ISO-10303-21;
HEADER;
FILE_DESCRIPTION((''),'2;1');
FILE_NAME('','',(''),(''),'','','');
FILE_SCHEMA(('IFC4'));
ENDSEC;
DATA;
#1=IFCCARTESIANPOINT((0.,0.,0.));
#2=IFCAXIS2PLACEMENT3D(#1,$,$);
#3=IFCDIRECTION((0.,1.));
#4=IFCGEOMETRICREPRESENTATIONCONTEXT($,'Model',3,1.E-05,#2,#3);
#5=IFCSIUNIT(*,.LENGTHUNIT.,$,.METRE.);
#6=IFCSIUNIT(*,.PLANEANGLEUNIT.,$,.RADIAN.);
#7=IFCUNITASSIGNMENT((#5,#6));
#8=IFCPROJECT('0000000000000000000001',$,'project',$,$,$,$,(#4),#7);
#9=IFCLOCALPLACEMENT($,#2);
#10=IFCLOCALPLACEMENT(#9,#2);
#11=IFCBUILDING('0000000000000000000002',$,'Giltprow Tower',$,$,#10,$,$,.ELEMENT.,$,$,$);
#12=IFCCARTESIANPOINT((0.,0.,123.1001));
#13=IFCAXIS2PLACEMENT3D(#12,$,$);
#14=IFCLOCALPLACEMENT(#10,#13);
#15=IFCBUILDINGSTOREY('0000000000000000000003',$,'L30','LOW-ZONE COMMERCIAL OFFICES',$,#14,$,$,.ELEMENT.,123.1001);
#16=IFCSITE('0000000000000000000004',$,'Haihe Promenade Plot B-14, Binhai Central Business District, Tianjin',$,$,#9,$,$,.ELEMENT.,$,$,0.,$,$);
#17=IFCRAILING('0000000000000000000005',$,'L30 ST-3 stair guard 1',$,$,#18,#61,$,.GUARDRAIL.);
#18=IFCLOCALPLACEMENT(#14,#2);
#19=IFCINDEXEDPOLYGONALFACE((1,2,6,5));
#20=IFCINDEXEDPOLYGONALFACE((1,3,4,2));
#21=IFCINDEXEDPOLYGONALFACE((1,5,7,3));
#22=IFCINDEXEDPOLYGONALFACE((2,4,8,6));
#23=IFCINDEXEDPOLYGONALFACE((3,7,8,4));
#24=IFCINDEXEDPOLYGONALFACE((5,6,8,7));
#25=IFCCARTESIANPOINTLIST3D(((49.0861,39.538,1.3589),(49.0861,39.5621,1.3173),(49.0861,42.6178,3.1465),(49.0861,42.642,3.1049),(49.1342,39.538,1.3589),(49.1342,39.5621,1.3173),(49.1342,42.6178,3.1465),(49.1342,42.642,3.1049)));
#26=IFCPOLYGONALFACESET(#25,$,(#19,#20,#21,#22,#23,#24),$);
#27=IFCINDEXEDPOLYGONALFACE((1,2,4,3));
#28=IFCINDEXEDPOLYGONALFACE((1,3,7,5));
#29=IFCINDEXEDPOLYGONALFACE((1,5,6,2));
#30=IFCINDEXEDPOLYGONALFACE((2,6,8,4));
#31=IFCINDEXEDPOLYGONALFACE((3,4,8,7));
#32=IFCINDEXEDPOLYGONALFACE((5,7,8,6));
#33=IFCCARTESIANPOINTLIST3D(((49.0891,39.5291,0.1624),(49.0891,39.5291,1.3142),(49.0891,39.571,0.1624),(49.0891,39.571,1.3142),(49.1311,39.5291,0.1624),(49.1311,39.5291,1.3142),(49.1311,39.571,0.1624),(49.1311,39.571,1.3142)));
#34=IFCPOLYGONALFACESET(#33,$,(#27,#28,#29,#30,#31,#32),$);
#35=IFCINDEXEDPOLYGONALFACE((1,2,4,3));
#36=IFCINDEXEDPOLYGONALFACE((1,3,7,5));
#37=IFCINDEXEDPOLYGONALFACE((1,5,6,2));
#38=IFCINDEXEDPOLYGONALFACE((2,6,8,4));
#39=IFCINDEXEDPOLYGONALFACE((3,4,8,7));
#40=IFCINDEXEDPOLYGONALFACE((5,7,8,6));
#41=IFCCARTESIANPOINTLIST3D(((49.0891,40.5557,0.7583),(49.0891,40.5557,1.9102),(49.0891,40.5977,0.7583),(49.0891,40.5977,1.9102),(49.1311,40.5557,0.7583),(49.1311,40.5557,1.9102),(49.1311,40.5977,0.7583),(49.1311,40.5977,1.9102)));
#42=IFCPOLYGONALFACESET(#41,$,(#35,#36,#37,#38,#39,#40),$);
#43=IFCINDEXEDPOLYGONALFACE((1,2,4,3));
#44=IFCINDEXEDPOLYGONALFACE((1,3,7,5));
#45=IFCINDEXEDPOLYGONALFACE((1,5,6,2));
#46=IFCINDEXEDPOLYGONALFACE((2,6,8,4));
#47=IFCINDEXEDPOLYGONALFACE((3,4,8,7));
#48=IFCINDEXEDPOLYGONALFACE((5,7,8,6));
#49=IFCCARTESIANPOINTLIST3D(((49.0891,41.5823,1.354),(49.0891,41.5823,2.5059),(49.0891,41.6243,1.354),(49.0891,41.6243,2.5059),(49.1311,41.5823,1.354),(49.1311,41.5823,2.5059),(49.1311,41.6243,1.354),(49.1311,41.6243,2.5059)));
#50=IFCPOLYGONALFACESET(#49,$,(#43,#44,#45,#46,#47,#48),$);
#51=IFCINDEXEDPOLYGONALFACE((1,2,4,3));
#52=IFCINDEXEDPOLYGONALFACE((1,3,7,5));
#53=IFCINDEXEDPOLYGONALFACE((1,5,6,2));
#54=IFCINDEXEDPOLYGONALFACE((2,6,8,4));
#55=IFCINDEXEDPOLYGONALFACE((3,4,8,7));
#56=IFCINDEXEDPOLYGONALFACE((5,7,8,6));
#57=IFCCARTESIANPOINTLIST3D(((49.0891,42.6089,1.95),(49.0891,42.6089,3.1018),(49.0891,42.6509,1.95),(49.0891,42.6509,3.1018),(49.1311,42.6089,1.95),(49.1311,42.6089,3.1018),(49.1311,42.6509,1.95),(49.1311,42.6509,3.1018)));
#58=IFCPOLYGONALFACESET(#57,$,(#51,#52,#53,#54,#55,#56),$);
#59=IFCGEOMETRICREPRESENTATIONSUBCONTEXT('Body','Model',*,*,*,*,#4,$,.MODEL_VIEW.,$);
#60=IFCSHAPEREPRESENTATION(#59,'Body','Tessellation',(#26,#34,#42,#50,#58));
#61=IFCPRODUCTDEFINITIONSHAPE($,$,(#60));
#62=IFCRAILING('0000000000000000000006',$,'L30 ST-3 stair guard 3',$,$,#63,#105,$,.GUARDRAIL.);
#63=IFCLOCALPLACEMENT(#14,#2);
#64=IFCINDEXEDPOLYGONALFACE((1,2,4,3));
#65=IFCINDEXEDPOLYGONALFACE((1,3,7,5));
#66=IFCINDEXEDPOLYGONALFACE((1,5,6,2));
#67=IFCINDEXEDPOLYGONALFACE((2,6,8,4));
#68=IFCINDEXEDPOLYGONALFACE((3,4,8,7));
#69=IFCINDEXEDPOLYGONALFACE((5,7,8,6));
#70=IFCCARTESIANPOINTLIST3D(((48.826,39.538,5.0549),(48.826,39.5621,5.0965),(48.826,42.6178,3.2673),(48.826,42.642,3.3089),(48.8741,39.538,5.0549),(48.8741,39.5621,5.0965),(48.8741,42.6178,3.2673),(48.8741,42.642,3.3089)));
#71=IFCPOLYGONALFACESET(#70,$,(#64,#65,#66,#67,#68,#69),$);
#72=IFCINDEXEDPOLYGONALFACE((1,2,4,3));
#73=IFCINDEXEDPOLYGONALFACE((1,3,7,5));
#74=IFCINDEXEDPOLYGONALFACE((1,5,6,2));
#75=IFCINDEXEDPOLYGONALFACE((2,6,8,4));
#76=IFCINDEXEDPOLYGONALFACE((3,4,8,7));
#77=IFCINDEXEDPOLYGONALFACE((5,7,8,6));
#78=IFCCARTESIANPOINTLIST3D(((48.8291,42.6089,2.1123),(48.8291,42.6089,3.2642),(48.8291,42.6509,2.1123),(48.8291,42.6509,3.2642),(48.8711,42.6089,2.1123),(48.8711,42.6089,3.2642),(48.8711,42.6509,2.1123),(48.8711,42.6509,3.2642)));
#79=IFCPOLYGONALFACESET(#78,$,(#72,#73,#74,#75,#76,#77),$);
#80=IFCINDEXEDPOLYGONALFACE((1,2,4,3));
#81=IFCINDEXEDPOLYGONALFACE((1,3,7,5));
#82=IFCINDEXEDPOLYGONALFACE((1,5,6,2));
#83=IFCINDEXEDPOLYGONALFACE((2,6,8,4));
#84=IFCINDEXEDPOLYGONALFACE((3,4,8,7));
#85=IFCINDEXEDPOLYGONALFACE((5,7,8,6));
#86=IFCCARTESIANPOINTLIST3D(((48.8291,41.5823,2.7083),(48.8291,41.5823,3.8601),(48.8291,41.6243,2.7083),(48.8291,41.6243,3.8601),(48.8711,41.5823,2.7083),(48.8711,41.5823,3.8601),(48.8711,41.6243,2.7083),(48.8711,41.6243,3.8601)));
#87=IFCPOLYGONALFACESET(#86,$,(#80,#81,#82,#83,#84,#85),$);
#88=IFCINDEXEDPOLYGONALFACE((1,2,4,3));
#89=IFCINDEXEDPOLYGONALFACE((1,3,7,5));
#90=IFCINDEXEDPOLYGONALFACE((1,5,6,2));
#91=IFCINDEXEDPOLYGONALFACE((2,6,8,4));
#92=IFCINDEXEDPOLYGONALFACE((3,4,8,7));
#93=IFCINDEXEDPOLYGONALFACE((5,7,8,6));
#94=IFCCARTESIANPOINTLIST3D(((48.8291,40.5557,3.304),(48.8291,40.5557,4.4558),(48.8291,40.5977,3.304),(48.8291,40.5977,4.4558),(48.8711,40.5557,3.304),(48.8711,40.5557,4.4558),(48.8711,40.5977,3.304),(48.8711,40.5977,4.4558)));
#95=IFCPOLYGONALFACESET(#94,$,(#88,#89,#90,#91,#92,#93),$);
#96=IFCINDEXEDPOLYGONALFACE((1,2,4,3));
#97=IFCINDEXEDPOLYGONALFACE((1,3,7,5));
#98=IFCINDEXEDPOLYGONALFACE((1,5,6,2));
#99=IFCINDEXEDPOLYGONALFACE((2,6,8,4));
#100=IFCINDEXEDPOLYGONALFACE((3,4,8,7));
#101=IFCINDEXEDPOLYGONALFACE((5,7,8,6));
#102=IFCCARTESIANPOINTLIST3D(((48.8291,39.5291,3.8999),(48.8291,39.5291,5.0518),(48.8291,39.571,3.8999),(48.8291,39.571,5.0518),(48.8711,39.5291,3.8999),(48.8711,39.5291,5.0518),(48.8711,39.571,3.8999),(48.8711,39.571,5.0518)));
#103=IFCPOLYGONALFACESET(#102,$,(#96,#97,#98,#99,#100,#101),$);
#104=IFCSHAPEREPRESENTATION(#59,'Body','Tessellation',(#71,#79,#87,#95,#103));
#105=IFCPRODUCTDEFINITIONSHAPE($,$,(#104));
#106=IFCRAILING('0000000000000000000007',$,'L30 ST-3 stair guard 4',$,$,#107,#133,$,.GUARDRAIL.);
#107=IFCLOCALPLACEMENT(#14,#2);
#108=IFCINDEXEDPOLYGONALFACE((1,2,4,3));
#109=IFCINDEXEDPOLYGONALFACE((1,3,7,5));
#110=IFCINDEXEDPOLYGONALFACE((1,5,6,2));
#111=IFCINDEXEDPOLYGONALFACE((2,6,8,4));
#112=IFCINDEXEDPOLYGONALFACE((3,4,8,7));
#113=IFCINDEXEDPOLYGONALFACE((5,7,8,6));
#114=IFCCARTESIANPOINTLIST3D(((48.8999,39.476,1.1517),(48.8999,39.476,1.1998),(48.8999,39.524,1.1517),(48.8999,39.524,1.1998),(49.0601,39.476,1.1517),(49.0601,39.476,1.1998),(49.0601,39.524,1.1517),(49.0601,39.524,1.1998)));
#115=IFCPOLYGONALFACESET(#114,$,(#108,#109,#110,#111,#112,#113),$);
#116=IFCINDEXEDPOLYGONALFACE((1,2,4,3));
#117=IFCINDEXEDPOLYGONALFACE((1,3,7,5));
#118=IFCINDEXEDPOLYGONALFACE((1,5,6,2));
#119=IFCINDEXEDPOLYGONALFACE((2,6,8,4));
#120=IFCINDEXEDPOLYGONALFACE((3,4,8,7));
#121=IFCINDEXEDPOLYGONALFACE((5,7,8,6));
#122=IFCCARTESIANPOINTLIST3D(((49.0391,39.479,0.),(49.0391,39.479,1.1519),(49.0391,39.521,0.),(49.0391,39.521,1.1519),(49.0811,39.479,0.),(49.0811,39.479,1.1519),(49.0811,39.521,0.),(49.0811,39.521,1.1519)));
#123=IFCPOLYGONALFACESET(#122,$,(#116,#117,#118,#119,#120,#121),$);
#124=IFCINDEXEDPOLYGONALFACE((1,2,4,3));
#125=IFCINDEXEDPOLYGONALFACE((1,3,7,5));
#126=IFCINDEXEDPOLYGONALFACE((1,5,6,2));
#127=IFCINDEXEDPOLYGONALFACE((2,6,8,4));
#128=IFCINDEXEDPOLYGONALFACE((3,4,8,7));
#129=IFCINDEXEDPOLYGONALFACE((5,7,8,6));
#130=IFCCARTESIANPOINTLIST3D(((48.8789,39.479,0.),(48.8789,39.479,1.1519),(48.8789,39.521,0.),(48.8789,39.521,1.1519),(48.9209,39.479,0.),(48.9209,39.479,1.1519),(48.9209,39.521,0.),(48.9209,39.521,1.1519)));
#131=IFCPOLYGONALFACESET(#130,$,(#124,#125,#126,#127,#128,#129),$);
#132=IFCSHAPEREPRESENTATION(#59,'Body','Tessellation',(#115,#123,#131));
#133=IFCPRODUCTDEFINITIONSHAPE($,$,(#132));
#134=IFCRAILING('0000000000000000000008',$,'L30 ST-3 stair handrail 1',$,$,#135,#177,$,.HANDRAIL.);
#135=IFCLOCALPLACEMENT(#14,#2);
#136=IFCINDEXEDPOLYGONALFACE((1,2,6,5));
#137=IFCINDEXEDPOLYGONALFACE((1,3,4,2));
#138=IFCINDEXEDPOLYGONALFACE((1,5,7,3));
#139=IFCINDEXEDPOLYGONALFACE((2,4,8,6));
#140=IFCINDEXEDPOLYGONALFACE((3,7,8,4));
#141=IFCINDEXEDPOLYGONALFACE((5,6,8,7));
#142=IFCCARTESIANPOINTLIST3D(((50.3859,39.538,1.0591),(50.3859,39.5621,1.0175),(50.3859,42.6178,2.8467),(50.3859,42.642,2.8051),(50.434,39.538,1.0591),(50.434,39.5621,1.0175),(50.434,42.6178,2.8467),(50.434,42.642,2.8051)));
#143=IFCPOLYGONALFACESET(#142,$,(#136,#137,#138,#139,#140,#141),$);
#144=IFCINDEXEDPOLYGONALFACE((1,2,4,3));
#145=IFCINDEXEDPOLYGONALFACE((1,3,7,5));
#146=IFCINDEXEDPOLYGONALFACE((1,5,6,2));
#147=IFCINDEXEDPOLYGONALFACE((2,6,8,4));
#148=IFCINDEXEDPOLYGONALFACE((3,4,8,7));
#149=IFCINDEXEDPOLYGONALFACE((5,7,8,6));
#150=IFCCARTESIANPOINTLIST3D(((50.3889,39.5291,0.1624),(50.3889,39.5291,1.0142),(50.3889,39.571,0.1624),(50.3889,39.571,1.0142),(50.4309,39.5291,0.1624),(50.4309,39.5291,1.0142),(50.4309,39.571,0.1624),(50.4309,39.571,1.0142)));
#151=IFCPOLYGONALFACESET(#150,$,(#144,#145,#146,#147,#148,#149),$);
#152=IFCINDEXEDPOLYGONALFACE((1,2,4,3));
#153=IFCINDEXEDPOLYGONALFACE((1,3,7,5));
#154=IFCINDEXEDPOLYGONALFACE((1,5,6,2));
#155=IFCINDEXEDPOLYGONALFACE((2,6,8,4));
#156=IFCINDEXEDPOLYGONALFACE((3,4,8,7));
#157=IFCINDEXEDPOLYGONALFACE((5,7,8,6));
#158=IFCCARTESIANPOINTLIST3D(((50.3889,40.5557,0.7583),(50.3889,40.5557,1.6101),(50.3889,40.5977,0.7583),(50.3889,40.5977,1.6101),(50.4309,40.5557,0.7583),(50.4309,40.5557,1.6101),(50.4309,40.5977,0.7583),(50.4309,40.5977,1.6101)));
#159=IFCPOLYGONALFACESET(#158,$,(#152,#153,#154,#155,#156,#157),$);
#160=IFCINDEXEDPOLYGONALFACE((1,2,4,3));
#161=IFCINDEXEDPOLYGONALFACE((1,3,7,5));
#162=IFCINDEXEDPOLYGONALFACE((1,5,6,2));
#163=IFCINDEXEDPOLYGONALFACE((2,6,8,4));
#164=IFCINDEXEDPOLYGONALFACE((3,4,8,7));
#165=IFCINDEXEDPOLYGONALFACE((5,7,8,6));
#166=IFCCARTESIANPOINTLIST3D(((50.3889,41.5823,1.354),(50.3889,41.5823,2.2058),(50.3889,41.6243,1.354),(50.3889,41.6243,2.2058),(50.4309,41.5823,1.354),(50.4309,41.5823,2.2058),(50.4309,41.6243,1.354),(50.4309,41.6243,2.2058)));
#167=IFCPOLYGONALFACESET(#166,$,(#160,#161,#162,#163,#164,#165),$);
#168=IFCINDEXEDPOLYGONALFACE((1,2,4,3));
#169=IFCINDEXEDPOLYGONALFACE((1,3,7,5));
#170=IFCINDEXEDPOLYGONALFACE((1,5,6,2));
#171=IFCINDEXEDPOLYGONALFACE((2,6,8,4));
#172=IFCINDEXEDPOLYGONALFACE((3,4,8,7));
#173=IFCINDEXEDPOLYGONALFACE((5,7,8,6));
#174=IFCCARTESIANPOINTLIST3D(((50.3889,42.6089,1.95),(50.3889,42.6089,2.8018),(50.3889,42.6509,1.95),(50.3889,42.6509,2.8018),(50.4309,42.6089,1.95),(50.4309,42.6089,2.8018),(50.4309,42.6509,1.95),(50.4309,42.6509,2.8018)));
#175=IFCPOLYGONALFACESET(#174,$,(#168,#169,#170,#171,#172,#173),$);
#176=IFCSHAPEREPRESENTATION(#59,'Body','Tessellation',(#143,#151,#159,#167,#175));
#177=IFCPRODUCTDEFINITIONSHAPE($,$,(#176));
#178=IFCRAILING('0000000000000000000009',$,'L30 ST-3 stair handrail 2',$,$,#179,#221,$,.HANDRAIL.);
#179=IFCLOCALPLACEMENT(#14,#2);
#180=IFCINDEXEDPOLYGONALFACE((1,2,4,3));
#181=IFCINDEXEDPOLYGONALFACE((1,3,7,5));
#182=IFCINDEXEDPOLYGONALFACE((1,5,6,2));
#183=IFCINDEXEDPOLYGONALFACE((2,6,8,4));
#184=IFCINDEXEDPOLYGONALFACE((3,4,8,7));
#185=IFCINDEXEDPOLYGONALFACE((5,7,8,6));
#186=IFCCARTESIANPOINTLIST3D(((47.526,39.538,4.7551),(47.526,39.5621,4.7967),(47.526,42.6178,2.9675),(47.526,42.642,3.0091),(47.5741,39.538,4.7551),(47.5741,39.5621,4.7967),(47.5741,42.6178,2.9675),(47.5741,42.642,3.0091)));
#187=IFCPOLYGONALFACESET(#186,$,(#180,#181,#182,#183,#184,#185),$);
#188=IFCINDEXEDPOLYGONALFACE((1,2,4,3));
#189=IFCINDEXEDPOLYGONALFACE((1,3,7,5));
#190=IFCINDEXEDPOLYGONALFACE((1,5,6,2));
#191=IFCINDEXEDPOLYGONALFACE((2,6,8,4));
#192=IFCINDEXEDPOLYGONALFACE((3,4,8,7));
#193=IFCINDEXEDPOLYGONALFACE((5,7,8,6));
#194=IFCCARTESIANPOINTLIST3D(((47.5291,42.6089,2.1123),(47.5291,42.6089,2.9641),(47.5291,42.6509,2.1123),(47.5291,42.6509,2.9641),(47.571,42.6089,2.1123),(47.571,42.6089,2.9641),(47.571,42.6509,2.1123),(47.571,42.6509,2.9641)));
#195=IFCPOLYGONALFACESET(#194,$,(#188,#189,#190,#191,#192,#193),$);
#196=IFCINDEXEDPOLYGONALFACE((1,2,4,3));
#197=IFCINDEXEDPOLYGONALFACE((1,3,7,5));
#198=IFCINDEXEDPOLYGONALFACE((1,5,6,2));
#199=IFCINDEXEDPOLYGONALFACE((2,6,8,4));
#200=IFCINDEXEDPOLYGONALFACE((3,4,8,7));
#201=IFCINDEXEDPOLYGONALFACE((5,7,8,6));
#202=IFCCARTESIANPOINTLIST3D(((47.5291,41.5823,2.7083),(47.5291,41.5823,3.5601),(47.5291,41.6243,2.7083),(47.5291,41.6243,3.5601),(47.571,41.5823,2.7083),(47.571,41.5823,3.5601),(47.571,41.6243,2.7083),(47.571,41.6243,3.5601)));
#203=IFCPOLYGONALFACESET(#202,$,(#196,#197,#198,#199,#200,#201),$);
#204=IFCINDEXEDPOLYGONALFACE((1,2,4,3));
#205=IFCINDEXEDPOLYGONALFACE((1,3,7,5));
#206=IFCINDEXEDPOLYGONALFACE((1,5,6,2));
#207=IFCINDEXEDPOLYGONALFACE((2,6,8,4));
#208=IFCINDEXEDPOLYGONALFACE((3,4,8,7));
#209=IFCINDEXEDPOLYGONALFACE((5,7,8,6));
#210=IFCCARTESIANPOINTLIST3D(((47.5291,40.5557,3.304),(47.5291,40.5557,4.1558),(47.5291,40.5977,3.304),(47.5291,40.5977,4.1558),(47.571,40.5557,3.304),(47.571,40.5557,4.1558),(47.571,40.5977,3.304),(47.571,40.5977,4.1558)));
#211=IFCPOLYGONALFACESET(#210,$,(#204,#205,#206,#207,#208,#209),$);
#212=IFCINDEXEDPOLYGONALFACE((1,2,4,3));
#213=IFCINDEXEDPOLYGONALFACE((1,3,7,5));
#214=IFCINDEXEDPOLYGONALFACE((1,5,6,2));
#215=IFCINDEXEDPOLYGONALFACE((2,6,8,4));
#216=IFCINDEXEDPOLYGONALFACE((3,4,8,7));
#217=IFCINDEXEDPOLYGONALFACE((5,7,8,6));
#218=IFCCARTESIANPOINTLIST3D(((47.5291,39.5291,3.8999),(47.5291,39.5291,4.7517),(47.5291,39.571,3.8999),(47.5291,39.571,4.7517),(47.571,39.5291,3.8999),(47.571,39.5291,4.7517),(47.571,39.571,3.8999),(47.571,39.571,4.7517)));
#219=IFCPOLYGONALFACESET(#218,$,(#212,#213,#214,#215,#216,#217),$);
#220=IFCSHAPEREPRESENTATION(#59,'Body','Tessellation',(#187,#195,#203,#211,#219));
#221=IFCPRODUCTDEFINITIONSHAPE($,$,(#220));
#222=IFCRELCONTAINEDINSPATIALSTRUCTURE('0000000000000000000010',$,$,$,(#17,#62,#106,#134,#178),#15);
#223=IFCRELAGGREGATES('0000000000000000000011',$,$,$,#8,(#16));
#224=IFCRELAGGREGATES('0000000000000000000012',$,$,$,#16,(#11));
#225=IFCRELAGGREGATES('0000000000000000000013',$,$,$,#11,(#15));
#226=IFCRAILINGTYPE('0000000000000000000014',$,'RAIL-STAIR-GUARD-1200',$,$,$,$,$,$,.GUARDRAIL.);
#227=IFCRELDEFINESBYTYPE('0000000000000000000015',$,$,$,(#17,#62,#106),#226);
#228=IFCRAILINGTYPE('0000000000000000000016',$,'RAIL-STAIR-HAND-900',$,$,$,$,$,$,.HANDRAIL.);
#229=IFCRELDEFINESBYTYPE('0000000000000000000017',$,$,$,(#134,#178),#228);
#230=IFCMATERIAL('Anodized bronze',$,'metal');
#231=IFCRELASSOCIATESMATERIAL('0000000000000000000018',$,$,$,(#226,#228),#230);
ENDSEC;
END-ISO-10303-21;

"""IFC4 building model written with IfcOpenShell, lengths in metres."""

from ifc_helpers import new_model, si_unit, direction, frame, origin, origin_2d, place, context, subcontext, project, spatial, rectangle, extrude, material, type_object, element, save


model = new_model("IFC4")

# Units and contexts
model_context = context("Model", 3, precision=1e-05, world=origin(), true_north=direction((0.0, 1.0)))
body_context = subcontext(model_context, "Body", "Model", "MODEL_VIEW")
ifc_project = project(units=[si_unit("LENGTHUNIT", "METRE"), si_unit("PLANEANGLEUNIT", "RADIAN")], contexts=[model_context])

# Site, building, storey
site_placement = place(None, origin())
site = spatial("IfcSite", under=ifc_project, at=site_placement, Name="Haihe Promenade Plot B-14, Binhai Central Business District, Tianjin", CompositionType="ELEMENT", RefElevation=0.0)
building_placement = place(site_placement, origin())
building = spatial("IfcBuilding", under=site, at=building_placement, Name="Giltprow Tower", CompositionType="ELEMENT")
storey_placement = place(building_placement, frame((0.0, 0.0, 123.1001)))
storey = spatial("IfcBuildingStorey", under=building, at=storey_placement, Name="L30", Description="LOW-ZONE COMMERCIAL OFFICES", CompositionType="ELEMENT", Elevation=123.1001)

# Railings
ifc_material_1 = material(Name="Anodized bronze", Category="metal")
railing_type_1 = type_object("IfcRailingType", Name="RAIL-STAIR-GUARD-1200", PredefinedType="GUARDRAIL", material=ifc_material_1)
railing_1_placement = place(storey_placement, frame((49.1101, 39.55, 0.1624)))
element("IfcRailing", 1, at=railing_1_placement, inside=storey, type_object=railing_type_1, Name="L30 ST-3 stair guard 1", PredefinedType="GUARDRAIL", context=body_context, shape_type="SweptSolid", body=[
    extrude(rectangle(XDim=0.0481, YDim=0.0481, at=origin_2d()), frame((0.0, 0.0, 1.1758), z_axis=(0.0, 0.864873, 0.50199), x_axis=(-1.0, 0.0, 0.0)), (0.0, 0.0, 1.0), 3.561),
    extrude(rectangle(XDim=0.042, YDim=0.042, at=origin_2d()), origin(), (0.0, 0.0, 1.0), 1.1519),
    extrude(rectangle(XDim=0.042, YDim=0.042, at=origin_2d()), frame((0.0, 1.0266, 0.5959)), (0.0, 0.0, 1.0), 1.1519),
    extrude(rectangle(XDim=0.042, YDim=0.042, at=origin_2d()), frame((0.0, 2.0532, 1.1917)), (0.0, 0.0, 1.0), 1.1519),
    extrude(rectangle(XDim=0.042, YDim=0.042, at=origin_2d()), frame((0.0, 3.0798, 1.7876)), (0.0, 0.0, 1.0), 1.1519),
])
railing_2_placement = place(storey_placement, frame((48.8501, 42.6299, 2.1123)))
element("IfcRailing", 2, at=railing_2_placement, inside=storey, type_object=railing_type_1, Name="L30 ST-3 stair guard 3", PredefinedType="GUARDRAIL", context=body_context, shape_type="SweptSolid", body=[
    extrude(rectangle(XDim=0.0481, YDim=0.0481, at=origin_2d()), frame((0.0, 0.0, 1.1758), z_axis=(0.0, -0.864873, 0.50199), x_axis=(1.0, 0.0, 0.0)), (0.0, 0.0, 1.0), 3.561),
    extrude(rectangle(XDim=0.042, YDim=0.042, at=origin_2d()), origin(), (0.0, 0.0, 1.0), 1.1519),
    extrude(rectangle(XDim=0.042, YDim=0.042, at=origin_2d()), frame((0.0, -1.0266, 0.5959)), (0.0, 0.0, 1.0), 1.1519),
    extrude(rectangle(XDim=0.042, YDim=0.042, at=origin_2d()), frame((0.0, -2.0532, 1.1917)), (0.0, 0.0, 1.0), 1.1519),
    extrude(rectangle(XDim=0.042, YDim=0.042, at=origin_2d()), frame((0.0, -3.0798, 1.7876)), (0.0, 0.0, 1.0), 1.1519),
])
railing_3_placement = place(storey_placement, frame((49.0601, 39.5, 0.0)))
element("IfcRailing", 3, at=railing_3_placement, inside=storey, type_object=railing_type_1, Name="L30 ST-3 stair guard 4", PredefinedType="GUARDRAIL", context=body_context, shape_type="SweptSolid", body=[
    extrude(rectangle(XDim=0.0481, YDim=0.0481, at=origin_2d()), frame((0.0, 0.0, 1.1758), z_axis=(-1.0, 0.0, 0.0), x_axis=(0.0, -1.0, 0.0)), (0.0, 0.0, 1.0), 0.1602),
    extrude(rectangle(XDim=0.042, YDim=0.042, at=origin_2d()), origin(), (0.0, 0.0, 1.0), 1.1519),
    extrude(rectangle(XDim=0.042, YDim=0.042, at=origin_2d()), frame((-0.1602, 0.0, 0.0)), (0.0, 0.0, 1.0), 1.1519),
])
railing_type_2 = type_object("IfcRailingType", Name="RAIL-STAIR-HAND-900", PredefinedType="HANDRAIL", material=ifc_material_1)
railing_4_placement = place(storey_placement, frame((50.4099, 39.55, 0.1624)))
element("IfcRailing", 4, at=railing_4_placement, inside=storey, type_object=railing_type_2, Name="L30 ST-3 stair handrail 1", PredefinedType="HANDRAIL", context=body_context, shape_type="SweptSolid", body=[
    extrude(rectangle(XDim=0.0481, YDim=0.0481, at=origin_2d()), frame((0.0, 0.0, 0.876), z_axis=(0.0, 0.864873, 0.50199), x_axis=(-1.0, 0.0, 0.0)), (0.0, 0.0, 1.0), 3.561),
    extrude(rectangle(XDim=0.042, YDim=0.042, at=origin_2d()), origin(), (0.0, 0.0, 1.0), 0.8518),
    extrude(rectangle(XDim=0.042, YDim=0.042, at=origin_2d()), frame((0.0, 1.0266, 0.5959)), (0.0, 0.0, 1.0), 0.8518),
    extrude(rectangle(XDim=0.042, YDim=0.042, at=origin_2d()), frame((0.0, 2.0532, 1.1917)), (0.0, 0.0, 1.0), 0.8518),
    extrude(rectangle(XDim=0.042, YDim=0.042, at=origin_2d()), frame((0.0, 3.0798, 1.7876)), (0.0, 0.0, 1.0), 0.8518),
])
railing_5_placement = place(storey_placement, frame((47.55, 42.6299, 2.1123)))
element("IfcRailing", 5, at=railing_5_placement, inside=storey, type_object=railing_type_2, Name="L30 ST-3 stair handrail 2", PredefinedType="HANDRAIL", context=body_context, shape_type="SweptSolid", body=[
    extrude(rectangle(XDim=0.0481, YDim=0.0481, at=origin_2d()), frame((0.0, 0.0, 0.876), z_axis=(0.0, -0.864873, 0.50199), x_axis=(1.0, 0.0, 0.0)), (0.0, 0.0, 1.0), 3.561),
    extrude(rectangle(XDim=0.042, YDim=0.042, at=origin_2d()), origin(), (0.0, 0.0, 1.0), 0.8518),
    extrude(rectangle(XDim=0.042, YDim=0.042, at=origin_2d()), frame((0.0, -1.0266, 0.5959)), (0.0, 0.0, 1.0), 0.8518),
    extrude(rectangle(XDim=0.042, YDim=0.042, at=origin_2d()), frame((0.0, -2.0532, 1.1917)), (0.0, 0.0, 1.0), 0.8518),
    extrude(rectangle(XDim=0.042, YDim=0.042, at=origin_2d()), frame((0.0, -3.0798, 1.7876)), (0.0, 0.0, 1.0), 0.8518),
])

save(model, "model.ifc")
